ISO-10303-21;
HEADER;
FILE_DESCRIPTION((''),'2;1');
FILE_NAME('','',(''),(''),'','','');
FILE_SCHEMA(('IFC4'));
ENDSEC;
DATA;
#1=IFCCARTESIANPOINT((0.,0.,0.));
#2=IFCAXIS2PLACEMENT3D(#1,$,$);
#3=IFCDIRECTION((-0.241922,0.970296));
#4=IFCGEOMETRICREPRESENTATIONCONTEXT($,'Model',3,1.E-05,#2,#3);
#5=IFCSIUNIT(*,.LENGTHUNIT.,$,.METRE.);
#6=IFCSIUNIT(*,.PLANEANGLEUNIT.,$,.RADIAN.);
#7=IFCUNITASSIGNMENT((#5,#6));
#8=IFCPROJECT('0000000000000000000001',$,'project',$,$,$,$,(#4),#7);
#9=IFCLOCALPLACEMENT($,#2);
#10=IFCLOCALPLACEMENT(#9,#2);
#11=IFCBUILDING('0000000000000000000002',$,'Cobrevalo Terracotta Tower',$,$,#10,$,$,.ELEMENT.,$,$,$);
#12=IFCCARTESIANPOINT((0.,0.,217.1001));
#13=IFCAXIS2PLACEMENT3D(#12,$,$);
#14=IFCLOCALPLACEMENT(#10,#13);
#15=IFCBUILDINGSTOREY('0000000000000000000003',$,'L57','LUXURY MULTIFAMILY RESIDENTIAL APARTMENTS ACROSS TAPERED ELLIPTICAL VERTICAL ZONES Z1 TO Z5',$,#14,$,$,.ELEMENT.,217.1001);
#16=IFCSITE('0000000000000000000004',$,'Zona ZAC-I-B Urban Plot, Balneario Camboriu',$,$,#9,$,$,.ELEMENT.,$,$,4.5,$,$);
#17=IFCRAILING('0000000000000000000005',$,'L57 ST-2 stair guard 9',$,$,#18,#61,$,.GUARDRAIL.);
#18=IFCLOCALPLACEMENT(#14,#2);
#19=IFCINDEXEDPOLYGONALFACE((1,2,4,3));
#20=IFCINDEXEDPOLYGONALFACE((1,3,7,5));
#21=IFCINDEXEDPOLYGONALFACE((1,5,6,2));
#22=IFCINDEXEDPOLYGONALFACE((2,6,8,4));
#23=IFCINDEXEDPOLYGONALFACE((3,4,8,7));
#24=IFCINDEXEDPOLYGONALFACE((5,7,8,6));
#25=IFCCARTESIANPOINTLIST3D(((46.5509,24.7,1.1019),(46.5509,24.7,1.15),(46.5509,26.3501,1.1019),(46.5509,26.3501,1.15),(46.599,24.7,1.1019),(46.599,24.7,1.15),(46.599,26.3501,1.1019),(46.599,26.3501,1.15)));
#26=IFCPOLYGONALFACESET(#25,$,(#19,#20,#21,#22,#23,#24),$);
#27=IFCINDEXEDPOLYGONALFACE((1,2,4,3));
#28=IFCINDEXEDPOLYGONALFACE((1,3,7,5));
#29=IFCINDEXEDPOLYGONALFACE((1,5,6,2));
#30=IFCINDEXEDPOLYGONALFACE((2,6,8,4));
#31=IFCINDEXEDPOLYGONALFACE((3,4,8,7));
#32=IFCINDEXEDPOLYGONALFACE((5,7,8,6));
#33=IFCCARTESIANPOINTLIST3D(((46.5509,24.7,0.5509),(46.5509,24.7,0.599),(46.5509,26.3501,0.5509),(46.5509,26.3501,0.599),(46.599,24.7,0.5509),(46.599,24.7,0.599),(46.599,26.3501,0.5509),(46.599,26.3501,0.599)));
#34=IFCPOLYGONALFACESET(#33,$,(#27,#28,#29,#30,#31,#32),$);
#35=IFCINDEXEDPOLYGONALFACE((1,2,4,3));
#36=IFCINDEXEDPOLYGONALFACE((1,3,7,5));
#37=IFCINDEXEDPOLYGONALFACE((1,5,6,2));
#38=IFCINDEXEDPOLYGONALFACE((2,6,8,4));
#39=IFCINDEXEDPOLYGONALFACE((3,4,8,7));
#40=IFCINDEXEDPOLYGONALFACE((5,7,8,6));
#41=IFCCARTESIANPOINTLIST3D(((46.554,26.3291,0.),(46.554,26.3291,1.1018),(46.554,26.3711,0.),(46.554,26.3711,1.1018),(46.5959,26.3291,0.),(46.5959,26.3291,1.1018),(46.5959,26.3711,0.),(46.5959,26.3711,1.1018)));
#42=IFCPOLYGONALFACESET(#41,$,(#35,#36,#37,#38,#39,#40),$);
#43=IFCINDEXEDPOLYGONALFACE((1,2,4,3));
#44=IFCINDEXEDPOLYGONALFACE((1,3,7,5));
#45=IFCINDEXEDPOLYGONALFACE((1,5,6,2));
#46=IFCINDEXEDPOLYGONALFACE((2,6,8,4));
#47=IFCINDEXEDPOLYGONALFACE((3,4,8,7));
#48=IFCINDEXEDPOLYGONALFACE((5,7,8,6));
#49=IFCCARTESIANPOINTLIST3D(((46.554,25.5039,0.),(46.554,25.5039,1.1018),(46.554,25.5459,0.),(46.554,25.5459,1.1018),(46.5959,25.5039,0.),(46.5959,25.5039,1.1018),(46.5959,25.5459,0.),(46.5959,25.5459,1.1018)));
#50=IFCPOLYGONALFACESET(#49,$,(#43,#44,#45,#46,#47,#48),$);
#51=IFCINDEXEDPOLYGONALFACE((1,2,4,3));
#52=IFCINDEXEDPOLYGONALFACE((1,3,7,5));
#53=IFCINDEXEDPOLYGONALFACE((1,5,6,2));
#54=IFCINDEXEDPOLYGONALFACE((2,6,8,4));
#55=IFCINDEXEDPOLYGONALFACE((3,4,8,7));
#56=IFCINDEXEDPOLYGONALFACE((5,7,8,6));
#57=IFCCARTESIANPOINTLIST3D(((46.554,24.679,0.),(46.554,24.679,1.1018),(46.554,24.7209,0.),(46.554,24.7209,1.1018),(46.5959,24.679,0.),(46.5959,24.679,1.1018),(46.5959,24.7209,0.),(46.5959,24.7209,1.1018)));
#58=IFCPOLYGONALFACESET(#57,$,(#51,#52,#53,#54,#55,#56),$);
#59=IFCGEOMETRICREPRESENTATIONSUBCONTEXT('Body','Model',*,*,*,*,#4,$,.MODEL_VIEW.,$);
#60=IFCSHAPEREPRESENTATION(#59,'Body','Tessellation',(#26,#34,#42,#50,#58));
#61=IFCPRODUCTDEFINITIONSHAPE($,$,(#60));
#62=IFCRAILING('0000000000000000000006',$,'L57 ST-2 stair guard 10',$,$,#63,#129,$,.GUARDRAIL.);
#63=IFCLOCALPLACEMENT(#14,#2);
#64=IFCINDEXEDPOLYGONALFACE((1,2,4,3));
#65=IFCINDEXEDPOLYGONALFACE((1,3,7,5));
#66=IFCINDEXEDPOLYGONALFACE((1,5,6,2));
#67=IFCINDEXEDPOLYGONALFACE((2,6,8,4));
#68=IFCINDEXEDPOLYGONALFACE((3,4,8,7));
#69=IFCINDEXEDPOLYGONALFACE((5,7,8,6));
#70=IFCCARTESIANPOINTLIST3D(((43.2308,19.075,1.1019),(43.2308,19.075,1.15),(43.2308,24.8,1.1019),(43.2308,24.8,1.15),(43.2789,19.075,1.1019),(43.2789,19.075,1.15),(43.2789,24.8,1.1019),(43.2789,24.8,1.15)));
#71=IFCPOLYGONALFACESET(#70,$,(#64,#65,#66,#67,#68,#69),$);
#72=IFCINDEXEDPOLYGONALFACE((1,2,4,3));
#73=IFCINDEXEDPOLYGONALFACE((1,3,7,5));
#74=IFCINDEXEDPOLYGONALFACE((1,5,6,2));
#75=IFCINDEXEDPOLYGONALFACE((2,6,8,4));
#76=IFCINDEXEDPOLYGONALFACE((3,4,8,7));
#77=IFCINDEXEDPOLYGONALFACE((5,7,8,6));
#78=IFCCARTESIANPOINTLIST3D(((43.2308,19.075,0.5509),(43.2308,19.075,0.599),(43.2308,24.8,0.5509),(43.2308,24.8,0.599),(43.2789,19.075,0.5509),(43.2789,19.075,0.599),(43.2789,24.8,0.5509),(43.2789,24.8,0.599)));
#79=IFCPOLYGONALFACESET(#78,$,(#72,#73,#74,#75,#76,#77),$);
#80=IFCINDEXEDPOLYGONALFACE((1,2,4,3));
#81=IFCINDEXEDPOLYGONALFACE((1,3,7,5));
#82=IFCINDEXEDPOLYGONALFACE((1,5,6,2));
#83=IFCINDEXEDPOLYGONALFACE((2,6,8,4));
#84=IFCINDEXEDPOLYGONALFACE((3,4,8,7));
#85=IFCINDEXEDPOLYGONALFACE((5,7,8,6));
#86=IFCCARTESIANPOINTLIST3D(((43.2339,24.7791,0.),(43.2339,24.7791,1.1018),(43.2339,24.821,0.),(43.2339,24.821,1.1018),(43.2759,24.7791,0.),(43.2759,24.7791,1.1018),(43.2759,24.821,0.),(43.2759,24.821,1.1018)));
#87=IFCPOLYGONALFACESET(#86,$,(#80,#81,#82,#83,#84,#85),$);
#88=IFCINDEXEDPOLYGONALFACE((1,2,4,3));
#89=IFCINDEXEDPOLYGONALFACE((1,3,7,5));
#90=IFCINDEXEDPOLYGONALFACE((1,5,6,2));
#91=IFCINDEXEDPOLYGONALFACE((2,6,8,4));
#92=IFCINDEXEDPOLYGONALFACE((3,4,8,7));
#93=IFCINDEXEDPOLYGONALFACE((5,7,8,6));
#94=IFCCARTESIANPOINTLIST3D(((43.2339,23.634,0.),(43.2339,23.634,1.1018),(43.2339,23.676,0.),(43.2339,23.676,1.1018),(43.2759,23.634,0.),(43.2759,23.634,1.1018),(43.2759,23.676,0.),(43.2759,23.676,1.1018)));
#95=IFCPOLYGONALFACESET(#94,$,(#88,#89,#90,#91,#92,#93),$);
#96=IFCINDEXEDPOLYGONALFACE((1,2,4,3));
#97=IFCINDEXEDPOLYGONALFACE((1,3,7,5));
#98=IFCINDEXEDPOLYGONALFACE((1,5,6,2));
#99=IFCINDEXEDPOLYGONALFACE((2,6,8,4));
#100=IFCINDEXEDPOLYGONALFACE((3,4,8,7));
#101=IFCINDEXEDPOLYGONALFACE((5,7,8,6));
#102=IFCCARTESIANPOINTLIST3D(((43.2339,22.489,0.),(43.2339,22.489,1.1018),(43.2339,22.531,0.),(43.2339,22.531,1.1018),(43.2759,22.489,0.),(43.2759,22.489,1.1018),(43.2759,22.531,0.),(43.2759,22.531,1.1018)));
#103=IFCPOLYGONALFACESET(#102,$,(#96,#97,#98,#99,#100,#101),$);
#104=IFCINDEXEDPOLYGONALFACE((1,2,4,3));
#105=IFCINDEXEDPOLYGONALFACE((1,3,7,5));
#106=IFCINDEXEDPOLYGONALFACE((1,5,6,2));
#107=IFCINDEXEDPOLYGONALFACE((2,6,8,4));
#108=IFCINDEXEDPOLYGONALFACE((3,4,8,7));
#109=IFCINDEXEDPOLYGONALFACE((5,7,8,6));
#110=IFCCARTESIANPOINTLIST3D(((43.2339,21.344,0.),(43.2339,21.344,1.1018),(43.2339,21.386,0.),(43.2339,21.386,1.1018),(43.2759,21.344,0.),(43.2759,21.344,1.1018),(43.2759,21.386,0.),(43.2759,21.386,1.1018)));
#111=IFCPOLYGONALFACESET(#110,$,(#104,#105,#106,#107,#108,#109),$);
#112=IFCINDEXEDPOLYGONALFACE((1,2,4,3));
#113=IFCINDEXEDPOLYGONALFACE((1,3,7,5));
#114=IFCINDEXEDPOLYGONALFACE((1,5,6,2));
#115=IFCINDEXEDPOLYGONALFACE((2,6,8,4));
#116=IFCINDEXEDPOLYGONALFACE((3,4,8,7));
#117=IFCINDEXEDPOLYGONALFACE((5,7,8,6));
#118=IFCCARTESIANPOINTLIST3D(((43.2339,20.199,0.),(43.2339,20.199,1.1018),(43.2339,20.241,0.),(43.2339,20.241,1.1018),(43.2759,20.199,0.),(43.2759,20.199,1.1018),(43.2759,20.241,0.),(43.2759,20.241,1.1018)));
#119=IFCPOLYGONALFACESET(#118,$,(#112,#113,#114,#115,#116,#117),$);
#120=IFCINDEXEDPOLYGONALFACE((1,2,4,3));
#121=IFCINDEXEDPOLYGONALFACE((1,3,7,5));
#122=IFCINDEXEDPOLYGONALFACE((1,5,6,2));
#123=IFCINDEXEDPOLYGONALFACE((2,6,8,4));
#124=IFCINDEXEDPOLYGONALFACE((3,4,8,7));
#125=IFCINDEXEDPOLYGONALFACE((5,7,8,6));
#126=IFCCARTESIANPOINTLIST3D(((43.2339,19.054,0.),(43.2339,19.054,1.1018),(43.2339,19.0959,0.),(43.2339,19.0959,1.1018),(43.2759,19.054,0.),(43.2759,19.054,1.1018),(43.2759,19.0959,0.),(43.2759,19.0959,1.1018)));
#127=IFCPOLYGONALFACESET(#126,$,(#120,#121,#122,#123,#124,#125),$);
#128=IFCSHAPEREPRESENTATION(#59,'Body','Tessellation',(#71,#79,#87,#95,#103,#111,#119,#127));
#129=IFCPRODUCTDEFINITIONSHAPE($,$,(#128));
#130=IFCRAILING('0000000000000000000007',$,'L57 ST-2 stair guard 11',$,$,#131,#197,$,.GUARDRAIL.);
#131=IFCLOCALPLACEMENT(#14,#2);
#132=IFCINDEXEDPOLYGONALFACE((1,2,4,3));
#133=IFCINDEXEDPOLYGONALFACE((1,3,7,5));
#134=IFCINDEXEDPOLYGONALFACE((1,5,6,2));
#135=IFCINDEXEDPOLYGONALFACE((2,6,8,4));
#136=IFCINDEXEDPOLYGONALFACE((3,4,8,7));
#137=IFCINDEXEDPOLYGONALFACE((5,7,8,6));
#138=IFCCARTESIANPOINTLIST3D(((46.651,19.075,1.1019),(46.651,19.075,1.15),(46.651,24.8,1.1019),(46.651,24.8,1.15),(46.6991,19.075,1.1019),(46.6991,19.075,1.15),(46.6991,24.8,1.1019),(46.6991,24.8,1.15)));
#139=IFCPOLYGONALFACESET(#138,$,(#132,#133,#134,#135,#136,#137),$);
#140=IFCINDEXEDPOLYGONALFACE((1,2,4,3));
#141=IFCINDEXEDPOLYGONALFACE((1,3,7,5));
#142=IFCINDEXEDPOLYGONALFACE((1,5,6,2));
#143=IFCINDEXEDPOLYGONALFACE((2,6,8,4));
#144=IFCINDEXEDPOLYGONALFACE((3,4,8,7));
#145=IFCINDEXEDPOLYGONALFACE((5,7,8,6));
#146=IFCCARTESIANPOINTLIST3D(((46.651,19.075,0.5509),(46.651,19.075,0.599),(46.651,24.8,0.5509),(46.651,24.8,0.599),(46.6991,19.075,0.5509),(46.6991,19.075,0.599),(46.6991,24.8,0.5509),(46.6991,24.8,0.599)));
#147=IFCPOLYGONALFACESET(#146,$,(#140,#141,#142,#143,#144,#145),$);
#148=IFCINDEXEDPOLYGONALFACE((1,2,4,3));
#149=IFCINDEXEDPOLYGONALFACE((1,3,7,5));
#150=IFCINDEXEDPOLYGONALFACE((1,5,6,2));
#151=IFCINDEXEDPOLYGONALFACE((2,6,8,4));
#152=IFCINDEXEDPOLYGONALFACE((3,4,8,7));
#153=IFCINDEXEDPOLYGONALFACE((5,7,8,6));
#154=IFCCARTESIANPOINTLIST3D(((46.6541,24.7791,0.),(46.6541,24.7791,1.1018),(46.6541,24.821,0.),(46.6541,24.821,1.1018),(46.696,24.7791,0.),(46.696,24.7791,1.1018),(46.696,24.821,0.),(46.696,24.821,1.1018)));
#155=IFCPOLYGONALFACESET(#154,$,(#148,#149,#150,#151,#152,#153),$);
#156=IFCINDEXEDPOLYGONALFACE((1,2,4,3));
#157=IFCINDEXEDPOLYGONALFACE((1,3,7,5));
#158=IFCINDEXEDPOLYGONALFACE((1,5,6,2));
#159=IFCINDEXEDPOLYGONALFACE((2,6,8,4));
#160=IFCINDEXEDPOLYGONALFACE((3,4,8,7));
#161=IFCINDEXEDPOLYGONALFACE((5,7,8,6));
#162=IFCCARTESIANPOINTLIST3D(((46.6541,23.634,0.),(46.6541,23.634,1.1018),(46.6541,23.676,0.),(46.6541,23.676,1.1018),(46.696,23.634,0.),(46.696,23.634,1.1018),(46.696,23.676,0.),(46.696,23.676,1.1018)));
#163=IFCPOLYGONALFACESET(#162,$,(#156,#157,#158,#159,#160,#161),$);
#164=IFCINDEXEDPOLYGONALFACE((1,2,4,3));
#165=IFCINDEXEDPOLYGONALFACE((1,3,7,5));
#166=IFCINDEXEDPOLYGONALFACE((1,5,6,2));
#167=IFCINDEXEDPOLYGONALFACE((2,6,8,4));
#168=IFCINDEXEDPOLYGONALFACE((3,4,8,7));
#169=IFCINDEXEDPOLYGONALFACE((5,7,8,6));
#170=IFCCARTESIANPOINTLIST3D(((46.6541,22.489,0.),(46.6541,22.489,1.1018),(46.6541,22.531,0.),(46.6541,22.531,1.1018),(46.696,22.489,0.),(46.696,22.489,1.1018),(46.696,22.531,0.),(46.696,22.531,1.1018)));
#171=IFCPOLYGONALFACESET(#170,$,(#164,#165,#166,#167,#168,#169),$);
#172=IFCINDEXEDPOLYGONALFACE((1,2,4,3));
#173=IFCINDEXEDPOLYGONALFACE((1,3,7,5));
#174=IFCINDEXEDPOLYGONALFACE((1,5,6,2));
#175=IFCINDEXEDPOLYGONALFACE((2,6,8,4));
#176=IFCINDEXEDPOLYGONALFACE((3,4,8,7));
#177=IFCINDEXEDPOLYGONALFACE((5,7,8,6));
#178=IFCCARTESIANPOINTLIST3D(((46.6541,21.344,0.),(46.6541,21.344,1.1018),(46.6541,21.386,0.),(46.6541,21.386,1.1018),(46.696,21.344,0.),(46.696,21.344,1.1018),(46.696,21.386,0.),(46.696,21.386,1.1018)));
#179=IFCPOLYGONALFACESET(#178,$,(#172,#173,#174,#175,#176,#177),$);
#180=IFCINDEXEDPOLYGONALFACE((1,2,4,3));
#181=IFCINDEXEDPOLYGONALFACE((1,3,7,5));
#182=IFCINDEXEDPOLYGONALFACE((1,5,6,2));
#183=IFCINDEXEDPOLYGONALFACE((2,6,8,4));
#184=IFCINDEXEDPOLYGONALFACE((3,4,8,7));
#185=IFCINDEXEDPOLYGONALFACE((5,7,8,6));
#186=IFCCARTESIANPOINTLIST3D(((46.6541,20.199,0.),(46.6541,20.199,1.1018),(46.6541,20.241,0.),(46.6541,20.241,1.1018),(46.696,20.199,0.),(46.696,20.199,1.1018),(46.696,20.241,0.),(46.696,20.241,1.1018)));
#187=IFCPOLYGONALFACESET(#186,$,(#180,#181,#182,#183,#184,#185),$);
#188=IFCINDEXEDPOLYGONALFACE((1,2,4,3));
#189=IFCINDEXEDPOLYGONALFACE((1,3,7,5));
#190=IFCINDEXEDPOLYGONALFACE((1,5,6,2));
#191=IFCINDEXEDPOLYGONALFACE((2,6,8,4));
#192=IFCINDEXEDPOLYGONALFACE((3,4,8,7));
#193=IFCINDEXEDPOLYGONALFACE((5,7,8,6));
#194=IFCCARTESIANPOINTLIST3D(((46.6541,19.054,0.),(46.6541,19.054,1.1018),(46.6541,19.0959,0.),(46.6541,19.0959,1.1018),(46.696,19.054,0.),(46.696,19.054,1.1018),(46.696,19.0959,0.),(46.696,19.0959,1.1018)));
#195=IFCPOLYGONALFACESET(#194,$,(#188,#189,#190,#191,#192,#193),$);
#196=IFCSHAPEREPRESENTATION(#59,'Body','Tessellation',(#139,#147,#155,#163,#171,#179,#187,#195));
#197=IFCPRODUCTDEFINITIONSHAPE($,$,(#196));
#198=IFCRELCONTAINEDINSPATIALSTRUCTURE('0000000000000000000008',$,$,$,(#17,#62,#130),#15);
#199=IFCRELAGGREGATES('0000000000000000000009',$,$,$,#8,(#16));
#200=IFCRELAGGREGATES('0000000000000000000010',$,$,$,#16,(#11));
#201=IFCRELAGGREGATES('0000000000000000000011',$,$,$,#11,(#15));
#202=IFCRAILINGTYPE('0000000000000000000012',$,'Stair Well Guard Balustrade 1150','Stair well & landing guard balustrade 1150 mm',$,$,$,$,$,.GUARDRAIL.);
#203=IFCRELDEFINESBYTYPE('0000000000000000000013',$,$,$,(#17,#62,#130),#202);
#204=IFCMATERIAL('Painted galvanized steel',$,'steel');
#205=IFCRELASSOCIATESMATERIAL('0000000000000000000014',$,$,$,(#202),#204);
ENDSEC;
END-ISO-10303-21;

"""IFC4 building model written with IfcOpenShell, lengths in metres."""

from ifc_helpers import new_model, si_unit, direction, frame, origin, origin_2d, place, context, subcontext, project, spatial, rectangle, extrude, material, type_object, element, save


model = new_model("IFC4")

# Units and contexts
model_context = context("Model", 3, precision=1e-05, world=origin(), true_north=direction((-0.241922, 0.970296)))
body_context = subcontext(model_context, "Body", "Model", "MODEL_VIEW")
ifc_project = project(units=[si_unit("LENGTHUNIT", "METRE"), si_unit("PLANEANGLEUNIT", "RADIAN")], contexts=[model_context])

# Site, building, storey
site_placement = place(None, origin())
site = spatial("IfcSite", under=ifc_project, at=site_placement, Name="Zona ZAC-I-B Urban Plot, Balneario Camboriu", CompositionType="ELEMENT", RefElevation=4.5)
building_placement = place(site_placement, origin())
building = spatial("IfcBuilding", under=site, at=building_placement, Name="Cobrevalo Terracotta Tower", CompositionType="ELEMENT")
storey_placement = place(building_placement, frame((0.0, 0.0, 217.1001)))
storey = spatial("IfcBuildingStorey", under=building, at=storey_placement, Name="L57", Description="LUXURY MULTIFAMILY RESIDENTIAL APARTMENTS ACROSS TAPERED ELLIPTICAL VERTICAL ZONES Z1 TO Z5", CompositionType="ELEMENT", Elevation=217.1001)

# Railings
ifc_material_1 = material(Name="Painted galvanized steel", Category="steel")
railing_type = type_object("IfcRailingType", Name="Stair Well Guard Balustrade 1150", Description="Stair well & landing guard balustrade 1150 mm", PredefinedType="GUARDRAIL", material=ifc_material_1)
for number, where, name in (
    (1, (46.575, 26.3501, 0.0), "L57 ST-2 stair guard 9"),
):
    element("IfcRailing", number, at=place(storey_placement, frame(where)), inside=storey, type_object=railing_type, Name=name, PredefinedType="GUARDRAIL", context=body_context, shape_type="SweptSolid", body=[
        extrude(rectangle(XDim=0.0481, YDim=0.0481, at=origin_2d()), frame((0.0, 0.0, 1.126), z_axis=(0.0, -1.0, 0.0), x_axis=(1.0, 0.0, 0.0)), (0.0, 0.0, 1.0), 1.6501),
        extrude(rectangle(XDim=0.0481, YDim=0.0481, at=origin_2d()), frame((0.0, 0.0, 0.575), z_axis=(0.0, -1.0, 0.0), x_axis=(1.0, 0.0, 0.0)), (0.0, 0.0, 1.0), 1.6501),
        extrude(rectangle(XDim=0.042, YDim=0.042, at=origin_2d()), origin(), (0.0, 0.0, 1.0), 1.1018),
        extrude(rectangle(XDim=0.042, YDim=0.042, at=origin_2d()), frame((0.0, -0.8252, 0.0)), (0.0, 0.0, 1.0), 1.1018),
        extrude(rectangle(XDim=0.042, YDim=0.042, at=origin_2d()), frame((0.0, -1.6501, 0.0)), (0.0, 0.0, 1.0), 1.1018),
    ])
for number, where, name in (
    (2, (43.2549, 24.8, 0.0), "L57 ST-2 stair guard 10"),
    (3, (46.675, 24.8, 0.0), "L57 ST-2 stair guard 11"),
):
    element("IfcRailing", number, at=place(storey_placement, frame(where)), inside=storey, type_object=railing_type, Name=name, PredefinedType="GUARDRAIL", context=body_context, shape_type="SweptSolid", body=[
        extrude(rectangle(XDim=0.0481, YDim=0.0481, at=origin_2d()), frame((0.0, 0.0, 1.126), z_axis=(0.0, -1.0, 0.0), x_axis=(1.0, 0.0, 0.0)), (0.0, 0.0, 1.0), 5.7251),
        extrude(rectangle(XDim=0.0481, YDim=0.0481, at=origin_2d()), frame((0.0, 0.0, 0.575), z_axis=(0.0, -1.0, 0.0), x_axis=(1.0, 0.0, 0.0)), (0.0, 0.0, 1.0), 5.7251),
        extrude(rectangle(XDim=0.042, YDim=0.042, at=origin_2d()), origin(), (0.0, 0.0, 1.0), 1.1018),
        extrude(rectangle(XDim=0.042, YDim=0.042, at=origin_2d()), frame((0.0, -1.145, 0.0)), (0.0, 0.0, 1.0), 1.1018),
        extrude(rectangle(XDim=0.042, YDim=0.042, at=origin_2d()), frame((0.0, -2.29, 0.0)), (0.0, 0.0, 1.0), 1.1018),
        extrude(rectangle(XDim=0.042, YDim=0.042, at=origin_2d()), frame((0.0, -3.4351, 0.0)), (0.0, 0.0, 1.0), 1.1018),
        extrude(rectangle(XDim=0.042, YDim=0.042, at=origin_2d()), frame((0.0, -4.5801, 0.0)), (0.0, 0.0, 1.0), 1.1018),
        extrude(rectangle(XDim=0.042, YDim=0.042, at=origin_2d()), frame((0.0, -5.7251, 0.0)), (0.0, 0.0, 1.0), 1.1018),
    ])

save(model, "model.ifc")
